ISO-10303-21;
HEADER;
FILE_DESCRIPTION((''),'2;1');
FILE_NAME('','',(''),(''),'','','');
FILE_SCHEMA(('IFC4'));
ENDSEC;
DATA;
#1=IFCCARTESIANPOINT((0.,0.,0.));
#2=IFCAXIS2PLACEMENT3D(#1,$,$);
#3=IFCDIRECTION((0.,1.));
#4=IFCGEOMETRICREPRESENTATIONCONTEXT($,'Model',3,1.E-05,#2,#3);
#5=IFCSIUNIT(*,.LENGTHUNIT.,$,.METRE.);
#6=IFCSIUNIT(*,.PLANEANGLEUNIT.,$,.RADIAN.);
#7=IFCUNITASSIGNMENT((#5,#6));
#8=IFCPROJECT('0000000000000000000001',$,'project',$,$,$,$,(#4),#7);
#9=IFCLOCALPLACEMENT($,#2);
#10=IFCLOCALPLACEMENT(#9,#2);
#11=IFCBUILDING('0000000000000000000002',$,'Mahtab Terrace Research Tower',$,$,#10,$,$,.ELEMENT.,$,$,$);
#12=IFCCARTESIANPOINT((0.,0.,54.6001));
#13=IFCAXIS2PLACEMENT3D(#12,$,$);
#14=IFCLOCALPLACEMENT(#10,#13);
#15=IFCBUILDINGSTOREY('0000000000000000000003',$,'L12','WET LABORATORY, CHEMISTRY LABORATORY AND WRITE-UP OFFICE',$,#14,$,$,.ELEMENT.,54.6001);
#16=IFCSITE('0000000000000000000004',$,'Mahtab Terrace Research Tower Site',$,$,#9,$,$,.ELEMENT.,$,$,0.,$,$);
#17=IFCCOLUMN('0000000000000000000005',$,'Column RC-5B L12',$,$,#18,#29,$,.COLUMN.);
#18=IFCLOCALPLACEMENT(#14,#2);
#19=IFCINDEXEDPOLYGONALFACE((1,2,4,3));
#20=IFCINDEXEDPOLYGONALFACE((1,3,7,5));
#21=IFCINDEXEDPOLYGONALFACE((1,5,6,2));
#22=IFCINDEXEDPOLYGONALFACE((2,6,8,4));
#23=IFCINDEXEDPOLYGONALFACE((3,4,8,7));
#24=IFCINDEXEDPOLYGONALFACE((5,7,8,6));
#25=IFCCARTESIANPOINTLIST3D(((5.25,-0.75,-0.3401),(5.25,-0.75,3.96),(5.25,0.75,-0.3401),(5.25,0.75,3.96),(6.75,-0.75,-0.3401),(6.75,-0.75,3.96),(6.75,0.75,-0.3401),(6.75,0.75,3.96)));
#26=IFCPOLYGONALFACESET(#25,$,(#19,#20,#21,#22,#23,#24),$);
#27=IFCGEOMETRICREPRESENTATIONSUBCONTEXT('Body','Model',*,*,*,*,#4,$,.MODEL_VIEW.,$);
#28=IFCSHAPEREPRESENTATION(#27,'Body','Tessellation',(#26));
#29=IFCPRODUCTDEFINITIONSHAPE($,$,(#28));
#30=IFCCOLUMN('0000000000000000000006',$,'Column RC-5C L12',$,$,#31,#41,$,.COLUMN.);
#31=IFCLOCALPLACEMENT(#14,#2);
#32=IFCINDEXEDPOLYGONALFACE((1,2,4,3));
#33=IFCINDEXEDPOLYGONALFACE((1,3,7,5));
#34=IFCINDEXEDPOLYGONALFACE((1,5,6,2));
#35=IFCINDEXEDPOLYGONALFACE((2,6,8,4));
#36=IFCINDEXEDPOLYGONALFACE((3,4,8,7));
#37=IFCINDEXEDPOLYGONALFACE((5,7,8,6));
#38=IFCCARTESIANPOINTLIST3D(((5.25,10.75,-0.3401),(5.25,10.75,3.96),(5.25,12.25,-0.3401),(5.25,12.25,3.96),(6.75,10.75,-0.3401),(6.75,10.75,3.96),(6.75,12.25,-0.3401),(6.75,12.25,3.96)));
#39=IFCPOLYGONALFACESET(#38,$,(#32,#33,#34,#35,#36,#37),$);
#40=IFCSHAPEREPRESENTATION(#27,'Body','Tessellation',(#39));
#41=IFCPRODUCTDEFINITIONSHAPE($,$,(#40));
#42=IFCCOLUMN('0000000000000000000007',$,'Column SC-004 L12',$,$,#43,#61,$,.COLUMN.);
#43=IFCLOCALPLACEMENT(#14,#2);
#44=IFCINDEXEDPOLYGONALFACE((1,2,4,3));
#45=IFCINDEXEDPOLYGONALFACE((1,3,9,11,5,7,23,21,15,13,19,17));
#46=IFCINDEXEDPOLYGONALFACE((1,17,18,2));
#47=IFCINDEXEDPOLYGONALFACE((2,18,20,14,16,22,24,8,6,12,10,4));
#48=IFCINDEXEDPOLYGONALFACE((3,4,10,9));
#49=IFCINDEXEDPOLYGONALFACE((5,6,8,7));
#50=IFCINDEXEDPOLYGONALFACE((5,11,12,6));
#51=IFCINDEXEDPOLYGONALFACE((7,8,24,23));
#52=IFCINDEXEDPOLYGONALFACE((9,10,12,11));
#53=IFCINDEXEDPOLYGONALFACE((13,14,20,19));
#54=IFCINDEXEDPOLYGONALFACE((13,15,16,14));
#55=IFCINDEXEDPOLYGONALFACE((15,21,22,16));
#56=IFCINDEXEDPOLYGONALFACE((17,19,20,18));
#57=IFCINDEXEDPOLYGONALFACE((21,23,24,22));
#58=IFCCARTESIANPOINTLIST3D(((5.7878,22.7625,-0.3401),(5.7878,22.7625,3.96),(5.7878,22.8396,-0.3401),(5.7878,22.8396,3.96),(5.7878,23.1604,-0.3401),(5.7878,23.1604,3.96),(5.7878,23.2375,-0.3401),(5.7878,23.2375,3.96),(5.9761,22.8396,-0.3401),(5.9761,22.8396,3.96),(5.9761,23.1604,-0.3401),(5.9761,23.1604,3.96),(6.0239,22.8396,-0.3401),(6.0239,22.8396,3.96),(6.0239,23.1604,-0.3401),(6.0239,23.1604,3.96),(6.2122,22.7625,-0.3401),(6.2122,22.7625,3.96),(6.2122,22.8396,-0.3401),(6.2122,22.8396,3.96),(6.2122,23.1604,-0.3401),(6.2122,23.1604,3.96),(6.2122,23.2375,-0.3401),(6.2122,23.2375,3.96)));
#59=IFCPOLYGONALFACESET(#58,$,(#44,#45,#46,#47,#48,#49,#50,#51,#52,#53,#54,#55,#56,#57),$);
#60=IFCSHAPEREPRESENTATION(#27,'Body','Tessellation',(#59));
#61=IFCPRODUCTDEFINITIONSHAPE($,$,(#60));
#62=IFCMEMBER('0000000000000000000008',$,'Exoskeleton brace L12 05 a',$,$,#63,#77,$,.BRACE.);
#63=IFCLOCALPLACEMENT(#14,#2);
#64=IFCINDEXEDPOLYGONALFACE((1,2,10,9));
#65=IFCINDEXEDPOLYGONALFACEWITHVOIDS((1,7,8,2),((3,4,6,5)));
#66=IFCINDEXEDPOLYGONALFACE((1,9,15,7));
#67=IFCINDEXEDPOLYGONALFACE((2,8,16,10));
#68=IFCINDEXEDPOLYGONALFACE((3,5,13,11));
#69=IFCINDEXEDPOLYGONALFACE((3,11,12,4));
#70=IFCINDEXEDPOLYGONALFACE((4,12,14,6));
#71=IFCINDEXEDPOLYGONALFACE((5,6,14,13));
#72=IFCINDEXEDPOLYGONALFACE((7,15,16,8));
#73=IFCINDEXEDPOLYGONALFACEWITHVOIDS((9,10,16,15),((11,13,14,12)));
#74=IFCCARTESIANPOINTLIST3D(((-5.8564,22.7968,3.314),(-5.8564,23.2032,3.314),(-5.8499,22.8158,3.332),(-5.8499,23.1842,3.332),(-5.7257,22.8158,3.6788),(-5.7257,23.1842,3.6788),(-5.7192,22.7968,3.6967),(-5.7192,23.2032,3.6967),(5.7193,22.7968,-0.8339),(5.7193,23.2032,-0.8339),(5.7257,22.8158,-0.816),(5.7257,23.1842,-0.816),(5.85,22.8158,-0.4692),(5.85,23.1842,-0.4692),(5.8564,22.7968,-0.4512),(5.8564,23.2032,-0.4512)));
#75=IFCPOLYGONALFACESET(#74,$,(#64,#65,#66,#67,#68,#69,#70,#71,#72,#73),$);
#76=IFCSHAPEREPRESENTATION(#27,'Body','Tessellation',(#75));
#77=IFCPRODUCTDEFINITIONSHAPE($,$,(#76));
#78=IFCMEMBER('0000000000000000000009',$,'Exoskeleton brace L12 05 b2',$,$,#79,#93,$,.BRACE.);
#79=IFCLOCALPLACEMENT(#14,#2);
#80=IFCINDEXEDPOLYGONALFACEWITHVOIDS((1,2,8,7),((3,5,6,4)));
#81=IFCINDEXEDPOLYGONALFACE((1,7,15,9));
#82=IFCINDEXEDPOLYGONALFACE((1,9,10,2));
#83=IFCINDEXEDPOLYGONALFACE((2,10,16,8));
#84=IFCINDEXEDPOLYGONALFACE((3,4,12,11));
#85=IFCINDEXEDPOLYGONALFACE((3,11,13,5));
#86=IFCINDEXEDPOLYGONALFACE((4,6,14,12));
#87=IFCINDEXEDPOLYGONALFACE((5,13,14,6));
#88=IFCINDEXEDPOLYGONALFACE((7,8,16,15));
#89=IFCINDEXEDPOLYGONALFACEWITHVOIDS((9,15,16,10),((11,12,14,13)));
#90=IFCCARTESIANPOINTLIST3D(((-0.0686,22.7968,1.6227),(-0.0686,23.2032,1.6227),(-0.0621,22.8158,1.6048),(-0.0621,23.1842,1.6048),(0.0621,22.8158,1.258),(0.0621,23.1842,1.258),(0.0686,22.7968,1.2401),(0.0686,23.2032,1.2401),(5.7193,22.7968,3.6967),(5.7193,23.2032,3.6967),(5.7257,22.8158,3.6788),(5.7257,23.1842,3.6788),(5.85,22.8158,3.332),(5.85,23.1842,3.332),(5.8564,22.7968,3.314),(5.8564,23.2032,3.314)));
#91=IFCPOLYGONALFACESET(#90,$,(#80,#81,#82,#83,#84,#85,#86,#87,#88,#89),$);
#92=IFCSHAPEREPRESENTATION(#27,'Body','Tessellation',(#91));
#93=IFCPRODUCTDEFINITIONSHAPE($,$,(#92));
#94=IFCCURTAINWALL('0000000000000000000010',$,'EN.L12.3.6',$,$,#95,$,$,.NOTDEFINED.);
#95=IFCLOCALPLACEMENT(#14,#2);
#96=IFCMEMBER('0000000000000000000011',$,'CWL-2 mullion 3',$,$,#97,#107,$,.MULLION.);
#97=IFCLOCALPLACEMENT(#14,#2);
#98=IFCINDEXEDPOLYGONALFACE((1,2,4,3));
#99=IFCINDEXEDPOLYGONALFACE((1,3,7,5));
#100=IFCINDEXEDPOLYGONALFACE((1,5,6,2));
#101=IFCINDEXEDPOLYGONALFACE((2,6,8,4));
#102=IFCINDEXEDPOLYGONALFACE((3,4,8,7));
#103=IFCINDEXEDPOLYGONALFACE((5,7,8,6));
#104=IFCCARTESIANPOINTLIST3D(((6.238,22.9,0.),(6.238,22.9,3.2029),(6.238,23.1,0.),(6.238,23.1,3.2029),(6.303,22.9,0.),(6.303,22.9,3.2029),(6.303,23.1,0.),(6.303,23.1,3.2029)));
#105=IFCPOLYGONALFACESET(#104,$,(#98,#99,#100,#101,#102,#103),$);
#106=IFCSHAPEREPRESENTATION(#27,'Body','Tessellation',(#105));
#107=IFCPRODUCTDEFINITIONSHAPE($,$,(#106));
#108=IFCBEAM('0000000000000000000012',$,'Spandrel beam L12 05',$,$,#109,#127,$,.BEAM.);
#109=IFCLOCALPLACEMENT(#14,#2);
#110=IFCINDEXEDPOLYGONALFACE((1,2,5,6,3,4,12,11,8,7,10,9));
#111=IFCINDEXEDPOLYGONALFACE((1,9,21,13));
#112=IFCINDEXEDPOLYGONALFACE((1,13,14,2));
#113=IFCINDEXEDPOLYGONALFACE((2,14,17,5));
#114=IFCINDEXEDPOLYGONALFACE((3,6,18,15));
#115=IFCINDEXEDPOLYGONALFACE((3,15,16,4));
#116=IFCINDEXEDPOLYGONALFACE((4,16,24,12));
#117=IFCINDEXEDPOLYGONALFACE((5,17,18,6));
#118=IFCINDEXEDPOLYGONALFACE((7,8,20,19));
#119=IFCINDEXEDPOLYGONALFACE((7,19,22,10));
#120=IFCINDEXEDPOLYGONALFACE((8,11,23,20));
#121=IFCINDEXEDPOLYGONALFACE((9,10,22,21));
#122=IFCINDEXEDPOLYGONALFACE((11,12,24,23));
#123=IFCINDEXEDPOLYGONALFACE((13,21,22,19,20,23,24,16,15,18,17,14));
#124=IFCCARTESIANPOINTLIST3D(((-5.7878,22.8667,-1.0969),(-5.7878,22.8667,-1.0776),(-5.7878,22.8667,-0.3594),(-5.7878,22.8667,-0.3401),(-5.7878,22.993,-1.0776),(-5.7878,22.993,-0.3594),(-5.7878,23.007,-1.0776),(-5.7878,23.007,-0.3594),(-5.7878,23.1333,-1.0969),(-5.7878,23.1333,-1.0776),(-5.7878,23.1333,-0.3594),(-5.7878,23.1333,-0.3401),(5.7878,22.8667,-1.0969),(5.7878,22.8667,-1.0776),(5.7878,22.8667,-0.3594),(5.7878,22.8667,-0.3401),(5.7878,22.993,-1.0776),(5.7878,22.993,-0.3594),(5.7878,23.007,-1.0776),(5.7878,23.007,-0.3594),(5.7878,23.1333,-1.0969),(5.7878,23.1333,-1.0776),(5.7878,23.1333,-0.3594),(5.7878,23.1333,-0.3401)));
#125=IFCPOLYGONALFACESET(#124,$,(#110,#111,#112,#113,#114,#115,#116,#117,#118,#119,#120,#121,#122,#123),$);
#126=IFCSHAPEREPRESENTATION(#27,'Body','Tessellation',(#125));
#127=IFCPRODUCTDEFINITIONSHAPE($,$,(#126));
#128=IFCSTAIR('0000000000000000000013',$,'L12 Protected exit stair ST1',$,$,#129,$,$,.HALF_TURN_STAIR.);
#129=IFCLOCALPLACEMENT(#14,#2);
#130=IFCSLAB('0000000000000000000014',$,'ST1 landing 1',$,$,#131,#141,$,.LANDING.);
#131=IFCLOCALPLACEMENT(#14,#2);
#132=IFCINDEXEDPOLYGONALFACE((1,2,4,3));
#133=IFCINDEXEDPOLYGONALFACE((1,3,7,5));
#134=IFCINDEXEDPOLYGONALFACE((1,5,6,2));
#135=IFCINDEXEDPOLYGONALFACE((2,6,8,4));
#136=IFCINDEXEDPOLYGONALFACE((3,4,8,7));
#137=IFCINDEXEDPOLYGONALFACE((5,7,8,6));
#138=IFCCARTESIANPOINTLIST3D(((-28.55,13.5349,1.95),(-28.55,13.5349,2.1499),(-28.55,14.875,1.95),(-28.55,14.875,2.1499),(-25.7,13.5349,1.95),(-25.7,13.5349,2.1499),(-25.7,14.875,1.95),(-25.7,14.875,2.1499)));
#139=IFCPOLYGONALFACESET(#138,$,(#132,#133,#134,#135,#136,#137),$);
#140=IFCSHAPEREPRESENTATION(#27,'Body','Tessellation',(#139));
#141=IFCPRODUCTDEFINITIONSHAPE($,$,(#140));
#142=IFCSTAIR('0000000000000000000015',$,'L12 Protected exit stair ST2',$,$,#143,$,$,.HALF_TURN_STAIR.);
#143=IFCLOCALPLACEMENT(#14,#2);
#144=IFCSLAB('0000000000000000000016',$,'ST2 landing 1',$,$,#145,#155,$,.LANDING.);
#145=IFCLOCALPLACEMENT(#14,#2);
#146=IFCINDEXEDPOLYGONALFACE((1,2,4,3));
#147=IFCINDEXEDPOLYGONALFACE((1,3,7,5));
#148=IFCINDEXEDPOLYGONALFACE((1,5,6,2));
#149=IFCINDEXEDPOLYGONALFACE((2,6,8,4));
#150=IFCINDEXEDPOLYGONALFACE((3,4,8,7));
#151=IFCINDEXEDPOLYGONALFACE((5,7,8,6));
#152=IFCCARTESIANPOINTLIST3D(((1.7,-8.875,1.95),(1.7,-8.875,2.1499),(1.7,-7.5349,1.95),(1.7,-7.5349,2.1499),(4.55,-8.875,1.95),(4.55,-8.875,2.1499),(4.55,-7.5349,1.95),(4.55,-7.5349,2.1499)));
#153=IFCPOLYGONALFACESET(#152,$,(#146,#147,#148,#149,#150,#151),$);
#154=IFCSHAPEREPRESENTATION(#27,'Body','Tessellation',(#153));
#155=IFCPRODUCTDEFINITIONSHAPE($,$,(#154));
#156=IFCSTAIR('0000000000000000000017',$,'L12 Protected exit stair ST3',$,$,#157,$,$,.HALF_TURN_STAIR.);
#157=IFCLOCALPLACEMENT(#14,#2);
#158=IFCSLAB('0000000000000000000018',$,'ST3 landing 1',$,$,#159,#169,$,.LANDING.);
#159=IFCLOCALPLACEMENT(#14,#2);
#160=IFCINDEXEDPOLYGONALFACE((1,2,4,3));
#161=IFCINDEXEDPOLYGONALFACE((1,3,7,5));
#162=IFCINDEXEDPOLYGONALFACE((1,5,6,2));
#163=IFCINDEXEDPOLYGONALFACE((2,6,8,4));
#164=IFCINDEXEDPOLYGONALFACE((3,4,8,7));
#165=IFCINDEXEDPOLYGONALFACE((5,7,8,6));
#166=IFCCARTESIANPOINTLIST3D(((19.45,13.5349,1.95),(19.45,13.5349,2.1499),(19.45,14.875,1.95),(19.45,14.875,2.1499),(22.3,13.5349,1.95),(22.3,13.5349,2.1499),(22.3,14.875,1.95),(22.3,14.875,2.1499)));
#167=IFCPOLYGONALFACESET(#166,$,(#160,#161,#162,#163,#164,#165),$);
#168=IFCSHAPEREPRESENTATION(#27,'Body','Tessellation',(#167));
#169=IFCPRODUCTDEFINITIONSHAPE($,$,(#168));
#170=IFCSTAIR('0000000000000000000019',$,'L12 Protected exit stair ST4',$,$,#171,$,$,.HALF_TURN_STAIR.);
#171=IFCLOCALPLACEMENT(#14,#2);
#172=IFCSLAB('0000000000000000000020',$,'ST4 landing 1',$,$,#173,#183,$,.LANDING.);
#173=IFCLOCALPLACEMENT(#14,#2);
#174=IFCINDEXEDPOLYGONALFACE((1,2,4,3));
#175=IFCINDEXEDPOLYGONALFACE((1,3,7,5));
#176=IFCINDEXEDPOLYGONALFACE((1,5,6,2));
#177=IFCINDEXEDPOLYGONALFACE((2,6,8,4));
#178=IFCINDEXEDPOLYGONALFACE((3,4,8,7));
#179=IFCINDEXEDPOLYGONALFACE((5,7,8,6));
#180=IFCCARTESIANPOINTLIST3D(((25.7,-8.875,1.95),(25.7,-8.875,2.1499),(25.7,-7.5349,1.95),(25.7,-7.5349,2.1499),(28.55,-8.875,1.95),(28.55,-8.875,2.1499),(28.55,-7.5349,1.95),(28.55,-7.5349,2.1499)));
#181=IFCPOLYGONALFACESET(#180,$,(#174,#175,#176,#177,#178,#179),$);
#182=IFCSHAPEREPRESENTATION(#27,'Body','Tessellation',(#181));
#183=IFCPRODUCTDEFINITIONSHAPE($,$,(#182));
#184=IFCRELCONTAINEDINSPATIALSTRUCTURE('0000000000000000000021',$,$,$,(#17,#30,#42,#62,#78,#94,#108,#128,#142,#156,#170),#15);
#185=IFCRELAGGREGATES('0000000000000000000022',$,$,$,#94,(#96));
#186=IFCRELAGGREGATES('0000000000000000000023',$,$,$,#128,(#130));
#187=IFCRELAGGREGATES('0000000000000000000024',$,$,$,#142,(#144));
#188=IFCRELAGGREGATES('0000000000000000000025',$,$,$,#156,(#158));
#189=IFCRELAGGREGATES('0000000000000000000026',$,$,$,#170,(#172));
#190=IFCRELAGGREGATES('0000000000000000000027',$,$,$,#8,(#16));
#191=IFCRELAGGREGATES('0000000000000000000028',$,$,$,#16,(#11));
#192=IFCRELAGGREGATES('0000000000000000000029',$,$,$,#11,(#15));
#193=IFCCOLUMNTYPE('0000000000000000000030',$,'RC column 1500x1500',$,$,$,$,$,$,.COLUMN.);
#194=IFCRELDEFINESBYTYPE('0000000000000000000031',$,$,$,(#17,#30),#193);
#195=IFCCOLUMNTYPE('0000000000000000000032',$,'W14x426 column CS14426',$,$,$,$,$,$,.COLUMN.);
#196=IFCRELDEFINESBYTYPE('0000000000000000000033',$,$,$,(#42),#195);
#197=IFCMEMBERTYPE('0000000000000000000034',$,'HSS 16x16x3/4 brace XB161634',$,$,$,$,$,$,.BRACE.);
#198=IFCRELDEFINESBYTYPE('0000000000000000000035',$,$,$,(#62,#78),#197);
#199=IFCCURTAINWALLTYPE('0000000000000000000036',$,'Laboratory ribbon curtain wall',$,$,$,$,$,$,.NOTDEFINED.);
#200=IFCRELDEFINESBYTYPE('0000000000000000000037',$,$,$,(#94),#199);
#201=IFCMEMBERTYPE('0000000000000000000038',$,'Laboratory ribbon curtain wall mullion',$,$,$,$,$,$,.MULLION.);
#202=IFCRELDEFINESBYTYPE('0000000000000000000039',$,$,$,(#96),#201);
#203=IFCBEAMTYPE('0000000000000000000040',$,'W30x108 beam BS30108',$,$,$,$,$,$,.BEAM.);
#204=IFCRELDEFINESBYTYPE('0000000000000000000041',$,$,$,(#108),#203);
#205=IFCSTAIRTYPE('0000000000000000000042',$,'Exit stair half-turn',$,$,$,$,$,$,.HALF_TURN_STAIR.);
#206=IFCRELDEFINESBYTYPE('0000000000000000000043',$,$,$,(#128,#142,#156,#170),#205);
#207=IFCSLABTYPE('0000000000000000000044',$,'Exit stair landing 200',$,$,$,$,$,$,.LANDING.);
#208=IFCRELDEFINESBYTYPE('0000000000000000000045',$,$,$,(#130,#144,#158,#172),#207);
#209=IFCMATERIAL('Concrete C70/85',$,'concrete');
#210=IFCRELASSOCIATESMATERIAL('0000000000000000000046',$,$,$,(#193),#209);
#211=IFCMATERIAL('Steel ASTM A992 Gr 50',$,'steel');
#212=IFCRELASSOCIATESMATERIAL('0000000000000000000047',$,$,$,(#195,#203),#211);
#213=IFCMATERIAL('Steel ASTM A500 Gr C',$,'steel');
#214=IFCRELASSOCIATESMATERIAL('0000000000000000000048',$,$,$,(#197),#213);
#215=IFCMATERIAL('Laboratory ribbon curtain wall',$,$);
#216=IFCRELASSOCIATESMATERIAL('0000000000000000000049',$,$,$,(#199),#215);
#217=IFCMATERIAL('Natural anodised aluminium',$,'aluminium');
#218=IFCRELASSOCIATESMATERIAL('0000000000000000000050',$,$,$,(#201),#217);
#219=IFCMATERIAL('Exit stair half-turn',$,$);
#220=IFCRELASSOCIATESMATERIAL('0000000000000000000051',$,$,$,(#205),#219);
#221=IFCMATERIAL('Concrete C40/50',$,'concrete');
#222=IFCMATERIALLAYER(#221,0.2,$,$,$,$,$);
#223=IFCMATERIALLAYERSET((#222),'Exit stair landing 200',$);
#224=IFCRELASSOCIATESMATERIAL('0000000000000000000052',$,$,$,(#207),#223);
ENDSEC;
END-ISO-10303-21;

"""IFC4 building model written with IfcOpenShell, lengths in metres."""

from ifc_helpers import new_model, si_unit, direction, frame, origin, origin_2d, place, context, subcontext, project, spatial, polyline, rectangle, hollow_rectangle, i_section, outline, extrude, material, layer, layer_set, material_profile, profile_set, type_object, element, aggregate, save


model = new_model("IFC4")

# Units and contexts
model_context = context("Model", 3, precision=1e-05, world=origin(), true_north=direction((0.0, 1.0)))
body_context = subcontext(model_context, "Body", "Model", "MODEL_VIEW")
ifc_project = project(units=[si_unit("LENGTHUNIT", "METRE"), si_unit("PLANEANGLEUNIT", "RADIAN")], contexts=[model_context])

# Site, building, storey
site_placement = place(None, origin())
site = spatial("IfcSite", under=ifc_project, at=site_placement, Name="Mahtab Terrace Research Tower Site", CompositionType="ELEMENT", RefElevation=0.0)
building_placement = place(site_placement, origin())
building = spatial("IfcBuilding", under=site, at=building_placement, Name="Mahtab Terrace Research Tower", CompositionType="ELEMENT")
storey_placement = place(building_placement, frame((0.0, 0.0, 54.6001)))
storey = spatial("IfcBuildingStorey", under=building, at=storey_placement, Name="L12", Description="WET LABORATORY, CHEMISTRY LABORATORY AND WRITE-UP OFFICE", CompositionType="ELEMENT", Elevation=54.6001)

# Columns
ifc_material_1 = material(Name="Concrete C70/85", Category="concrete")
ifc_material_profile_1 = material_profile(ifc_material_1, rectangle(XDim=1.5, YDim=1.5, at=origin_2d()), Name="RC column 1500x1500")
ifc_profile_set_1 = profile_set([ifc_material_profile_1], Name="Concrete C70/85")
column_type_1 = type_object("IfcColumnType", Name="RC column 1500x1500", PredefinedType="COLUMN", material=ifc_profile_set_1)
for number, where, z_axis, x_axis, name in (
    (1, (6.0, 0.0, -0.3401), (0.0, 0.0, 1.0), (1.0, 0.0, 0.0), "Column RC-5B L12"),
    (2, (6.0, 11.5, -0.3401), (0.0, 0.0, 1.0), (1.0, 0.0, 0.0), "Column RC-5C L12"),
):
    element("IfcColumn", number, at=place(storey_placement, frame(where, z_axis=z_axis, x_axis=x_axis)), inside=storey, type_object=column_type_1, Name=name, PredefinedType="COLUMN", context=body_context, shape_type="SweptSolid", body=[
        extrude(rectangle(XDim=1.5, YDim=1.5, at=origin_2d()), origin(), (0.0, 0.0, 1.0), 4.3),
    ])
ifc_material_2 = material(Name="Steel ASTM A992 Gr 50", Category="steel")
ifc_material_profile_2 = material_profile(ifc_material_2, i_section(OverallWidth=0.4243, OverallDepth=0.4751, WebThickness=0.0479, FlangeThickness=0.0771, at=origin_2d()), Name="W14X426")
ifc_profile_set_2 = profile_set([ifc_material_profile_2], Name="Steel ASTM A992 Gr 50")
column_type_2 = type_object("IfcColumnType", Name="W14x426 column CS14426", PredefinedType="COLUMN", material=ifc_profile_set_2)
column_placement = place(storey_placement, frame((6.0, 23.0, -0.3401), z_axis=(0.0, 0.0, 1.0), x_axis=(1.0, 0.0, 0.0)))
element("IfcColumn", 3, at=column_placement, inside=storey, type_object=column_type_2, Name="Column SC-004 L12", PredefinedType="COLUMN", context=body_context, shape_type="SweptSolid", body=[
    extrude(i_section(OverallWidth=0.4243, OverallDepth=0.4751, WebThickness=0.0479, FlangeThickness=0.0771, at=origin_2d()), origin(), (0.0, 0.0, 1.0), 4.3),
])

# Members
ifc_material_3 = material(Name="Steel ASTM A500 Gr C", Category="steel")
ifc_material_profile_3 = material_profile(ifc_material_3, hollow_rectangle(XDim=0.4065, YDim=0.4065, WallThickness=0.019, at=origin_2d()), Name="HSS16X16X3/4")
ifc_profile_set_3 = profile_set([ifc_material_profile_3], Name="Steel ASTM A500 Gr C")
member_type_1 = type_object("IfcMemberType", Name="HSS 16x16x3/4 brace XB161634", PredefinedType="BRACE", material=ifc_profile_set_3)
member_1_placement = place(storey_placement, frame((5.7878, 23.0, -0.6426), z_axis=(-0.941387, 0.0, 0.33733), x_axis=(0.0, -1.0, 0.0)))
element("IfcMember", 4, at=member_1_placement, inside=storey, type_object=member_type_1, Name="Exoskeleton brace L12 05 a", PredefinedType="BRACE", context=body_context, shape_type="SweptSolid", body=[
    extrude(hollow_rectangle(XDim=0.4065, YDim=0.4065, WallThickness=0.019, at=origin_2d()), origin(), (0.0, 0.0, 1.0), 12.2964),
])
member_2_placement = place(storey_placement, frame((0.0, 23.0, 1.4314), z_axis=(0.941387, 0.0, 0.33733), x_axis=(0.0, 1.0, 0.0)))
element("IfcMember", 5, at=member_2_placement, inside=storey, type_object=member_type_1, Name="Exoskeleton brace L12 05 b2", PredefinedType="BRACE", context=body_context, shape_type="SweptSolid", body=[
    extrude(hollow_rectangle(XDim=0.4065, YDim=0.4065, WallThickness=0.019, at=origin_2d()), origin(), (0.0, 0.0, 1.0), 6.1482),
])

# Curtain wall, member
ifc_material_4 = material(Name="Laboratory ribbon curtain wall")
curtain_wall_type = type_object("IfcCurtainWallType", Name="Laboratory ribbon curtain wall", PredefinedType="NOTDEFINED", material=ifc_material_4)
curtain_wall_placement = place(storey_placement, origin())
curtain_wall = element("IfcCurtainWall", 6, at=curtain_wall_placement, inside=storey, type_object=curtain_wall_type, Name="EN.L12.3.6", PredefinedType="NOTDEFINED")
ifc_material_5 = material(Name="Natural anodised aluminium", Category="aluminium")
ifc_material_profile_4 = material_profile(ifc_material_5, rectangle(XDim=0.2, YDim=0.0649, at=origin_2d()), Name="MULLION 65x200")
ifc_profile_set_4 = profile_set([ifc_material_profile_4], Name="Natural anodised aluminium")
member_type_2 = type_object("IfcMemberType", Name="Laboratory ribbon curtain wall mullion", PredefinedType="MULLION", material=ifc_profile_set_4)
member_3_placement = place(storey_placement, frame((6.2705, 23.0, 0.0), z_axis=(0.0, 0.0, 1.0), x_axis=(0.0, -1.0, 0.0)))
member_3 = element("IfcMember", 7, at=member_3_placement, type_object=member_type_2, Name="CWL-2 mullion 3", PredefinedType="MULLION", context=body_context, shape_type="SweptSolid", body=[
    extrude(rectangle(XDim=0.2, YDim=0.0649, at=origin_2d()), origin(), (0.0, 0.0, 1.0), 3.2029),
])
aggregate(curtain_wall, [member_3])

# Beam
ifc_material_profile_5 = material_profile(ifc_material_2, i_section(OverallWidth=0.2666, OverallDepth=0.7568, WebThickness=0.0139, FlangeThickness=0.0193, at=origin_2d()), Name="W30X108")
ifc_profile_set_5 = profile_set([ifc_material_profile_5], Name="Steel ASTM A992 Gr 50")
beam_type = type_object("IfcBeamType", Name="W30x108 beam BS30108", PredefinedType="BEAM", material=ifc_profile_set_5)
beam_placement = place(storey_placement, frame((5.7878, 23.0, -0.7185), z_axis=(-1.0, 0.0, 0.0), x_axis=(0.0, -1.0, 0.0)))
element("IfcBeam", 8, at=beam_placement, inside=storey, type_object=beam_type, Name="Spandrel beam L12 05", PredefinedType="BEAM", context=body_context, shape_type="SweptSolid", body=[
    extrude(i_section(OverallWidth=0.2666, OverallDepth=0.7568, WebThickness=0.0139, FlangeThickness=0.0193, at=origin_2d()), origin(), (0.0, 0.0, 1.0), 11.5757),
])

# Stairs, slabs
ifc_material_6 = material(Name="Exit stair half-turn")
stair_type = type_object("IfcStairType", Name="Exit stair half-turn", PredefinedType="HALF_TURN_STAIR", material=ifc_material_6)
stair_1_placement = place(storey_placement, origin())
stair_1 = element("IfcStair", 9, at=stair_1_placement, inside=storey, type_object=stair_type, Name="L12 Protected exit stair ST1", PredefinedType="HALF_TURN_STAIR")
ifc_material_7 = material(Name="Concrete C40/50", Category="concrete")
ifc_layer_1 = layer(ifc_material_7, 0.2)
ifc_layer_set_1 = layer_set([ifc_layer_1], Name="Exit stair landing 200")
slab_type = type_object("IfcSlabType", Name="Exit stair landing 200", PredefinedType="LANDING", material=ifc_layer_set_1)
slab_1_placement = place(storey_placement, frame((0.0, 0.0, 1.95)))
slab_1 = element("IfcSlab", 10, at=slab_1_placement, type_object=slab_type, Name="ST1 landing 1", PredefinedType="LANDING", context=body_context, shape_type="SweptSolid", body=[
    extrude(outline(polyline([(-25.7, 13.5349), (-25.7, 14.875), (-28.55, 14.875), (-28.55, 13.5349), (-25.7, 13.5349)])), origin(), (0.0, 0.0, 1.0), 0.2),
])
aggregate(stair_1, [slab_1])
stair_2_placement = place(storey_placement, origin())
stair_2 = element("IfcStair", 11, at=stair_2_placement, inside=storey, type_object=stair_type, Name="L12 Protected exit stair ST2", PredefinedType="HALF_TURN_STAIR")
slab_2_placement = place(storey_placement, frame((0.0, 0.0, 1.95)))
slab_2 = element("IfcSlab", 12, at=slab_2_placement, type_object=slab_type, Name="ST2 landing 1", PredefinedType="LANDING", context=body_context, shape_type="SweptSolid", body=[
    extrude(outline(polyline([(1.7, -7.5349), (1.7, -8.875), (4.55, -8.875), (4.55, -7.5349), (1.7, -7.5349)])), origin(), (0.0, 0.0, 1.0), 0.2),
])
aggregate(stair_2, [slab_2])
stair_3_placement = place(storey_placement, origin())
stair_3 = element("IfcStair", 13, at=stair_3_placement, inside=storey, type_object=stair_type, Name="L12 Protected exit stair ST3", PredefinedType="HALF_TURN_STAIR")
slab_3_placement = place(storey_placement, frame((0.0, 0.0, 1.95)))
slab_3 = element("IfcSlab", 14, at=slab_3_placement, type_object=slab_type, Name="ST3 landing 1", PredefinedType="LANDING", context=body_context, shape_type="SweptSolid", body=[
    extrude(outline(polyline([(22.3, 13.5349), (22.3, 14.875), (19.45, 14.875), (19.45, 13.5349), (22.3, 13.5349)])), origin(), (0.0, 0.0, 1.0), 0.2),
])
aggregate(stair_3, [slab_3])
stair_4_placement = place(storey_placement, origin())
stair_4 = element("IfcStair", 15, at=stair_4_placement, inside=storey, type_object=stair_type, Name="L12 Protected exit stair ST4", PredefinedType="HALF_TURN_STAIR")
slab_4_placement = place(storey_placement, frame((0.0, 0.0, 1.95)))
slab_4 = element("IfcSlab", 16, at=slab_4_placement, type_object=slab_type, Name="ST4 landing 1", PredefinedType="LANDING", context=body_context, shape_type="SweptSolid", body=[
    extrude(outline(polyline([(25.7, -7.5349), (25.7, -8.875), (28.55, -8.875), (28.55, -7.5349), (25.7, -7.5349)])), origin(), (0.0, 0.0, 1.0), 0.2),
])
aggregate(stair_4, [slab_4])

save(model, "model.ifc")
